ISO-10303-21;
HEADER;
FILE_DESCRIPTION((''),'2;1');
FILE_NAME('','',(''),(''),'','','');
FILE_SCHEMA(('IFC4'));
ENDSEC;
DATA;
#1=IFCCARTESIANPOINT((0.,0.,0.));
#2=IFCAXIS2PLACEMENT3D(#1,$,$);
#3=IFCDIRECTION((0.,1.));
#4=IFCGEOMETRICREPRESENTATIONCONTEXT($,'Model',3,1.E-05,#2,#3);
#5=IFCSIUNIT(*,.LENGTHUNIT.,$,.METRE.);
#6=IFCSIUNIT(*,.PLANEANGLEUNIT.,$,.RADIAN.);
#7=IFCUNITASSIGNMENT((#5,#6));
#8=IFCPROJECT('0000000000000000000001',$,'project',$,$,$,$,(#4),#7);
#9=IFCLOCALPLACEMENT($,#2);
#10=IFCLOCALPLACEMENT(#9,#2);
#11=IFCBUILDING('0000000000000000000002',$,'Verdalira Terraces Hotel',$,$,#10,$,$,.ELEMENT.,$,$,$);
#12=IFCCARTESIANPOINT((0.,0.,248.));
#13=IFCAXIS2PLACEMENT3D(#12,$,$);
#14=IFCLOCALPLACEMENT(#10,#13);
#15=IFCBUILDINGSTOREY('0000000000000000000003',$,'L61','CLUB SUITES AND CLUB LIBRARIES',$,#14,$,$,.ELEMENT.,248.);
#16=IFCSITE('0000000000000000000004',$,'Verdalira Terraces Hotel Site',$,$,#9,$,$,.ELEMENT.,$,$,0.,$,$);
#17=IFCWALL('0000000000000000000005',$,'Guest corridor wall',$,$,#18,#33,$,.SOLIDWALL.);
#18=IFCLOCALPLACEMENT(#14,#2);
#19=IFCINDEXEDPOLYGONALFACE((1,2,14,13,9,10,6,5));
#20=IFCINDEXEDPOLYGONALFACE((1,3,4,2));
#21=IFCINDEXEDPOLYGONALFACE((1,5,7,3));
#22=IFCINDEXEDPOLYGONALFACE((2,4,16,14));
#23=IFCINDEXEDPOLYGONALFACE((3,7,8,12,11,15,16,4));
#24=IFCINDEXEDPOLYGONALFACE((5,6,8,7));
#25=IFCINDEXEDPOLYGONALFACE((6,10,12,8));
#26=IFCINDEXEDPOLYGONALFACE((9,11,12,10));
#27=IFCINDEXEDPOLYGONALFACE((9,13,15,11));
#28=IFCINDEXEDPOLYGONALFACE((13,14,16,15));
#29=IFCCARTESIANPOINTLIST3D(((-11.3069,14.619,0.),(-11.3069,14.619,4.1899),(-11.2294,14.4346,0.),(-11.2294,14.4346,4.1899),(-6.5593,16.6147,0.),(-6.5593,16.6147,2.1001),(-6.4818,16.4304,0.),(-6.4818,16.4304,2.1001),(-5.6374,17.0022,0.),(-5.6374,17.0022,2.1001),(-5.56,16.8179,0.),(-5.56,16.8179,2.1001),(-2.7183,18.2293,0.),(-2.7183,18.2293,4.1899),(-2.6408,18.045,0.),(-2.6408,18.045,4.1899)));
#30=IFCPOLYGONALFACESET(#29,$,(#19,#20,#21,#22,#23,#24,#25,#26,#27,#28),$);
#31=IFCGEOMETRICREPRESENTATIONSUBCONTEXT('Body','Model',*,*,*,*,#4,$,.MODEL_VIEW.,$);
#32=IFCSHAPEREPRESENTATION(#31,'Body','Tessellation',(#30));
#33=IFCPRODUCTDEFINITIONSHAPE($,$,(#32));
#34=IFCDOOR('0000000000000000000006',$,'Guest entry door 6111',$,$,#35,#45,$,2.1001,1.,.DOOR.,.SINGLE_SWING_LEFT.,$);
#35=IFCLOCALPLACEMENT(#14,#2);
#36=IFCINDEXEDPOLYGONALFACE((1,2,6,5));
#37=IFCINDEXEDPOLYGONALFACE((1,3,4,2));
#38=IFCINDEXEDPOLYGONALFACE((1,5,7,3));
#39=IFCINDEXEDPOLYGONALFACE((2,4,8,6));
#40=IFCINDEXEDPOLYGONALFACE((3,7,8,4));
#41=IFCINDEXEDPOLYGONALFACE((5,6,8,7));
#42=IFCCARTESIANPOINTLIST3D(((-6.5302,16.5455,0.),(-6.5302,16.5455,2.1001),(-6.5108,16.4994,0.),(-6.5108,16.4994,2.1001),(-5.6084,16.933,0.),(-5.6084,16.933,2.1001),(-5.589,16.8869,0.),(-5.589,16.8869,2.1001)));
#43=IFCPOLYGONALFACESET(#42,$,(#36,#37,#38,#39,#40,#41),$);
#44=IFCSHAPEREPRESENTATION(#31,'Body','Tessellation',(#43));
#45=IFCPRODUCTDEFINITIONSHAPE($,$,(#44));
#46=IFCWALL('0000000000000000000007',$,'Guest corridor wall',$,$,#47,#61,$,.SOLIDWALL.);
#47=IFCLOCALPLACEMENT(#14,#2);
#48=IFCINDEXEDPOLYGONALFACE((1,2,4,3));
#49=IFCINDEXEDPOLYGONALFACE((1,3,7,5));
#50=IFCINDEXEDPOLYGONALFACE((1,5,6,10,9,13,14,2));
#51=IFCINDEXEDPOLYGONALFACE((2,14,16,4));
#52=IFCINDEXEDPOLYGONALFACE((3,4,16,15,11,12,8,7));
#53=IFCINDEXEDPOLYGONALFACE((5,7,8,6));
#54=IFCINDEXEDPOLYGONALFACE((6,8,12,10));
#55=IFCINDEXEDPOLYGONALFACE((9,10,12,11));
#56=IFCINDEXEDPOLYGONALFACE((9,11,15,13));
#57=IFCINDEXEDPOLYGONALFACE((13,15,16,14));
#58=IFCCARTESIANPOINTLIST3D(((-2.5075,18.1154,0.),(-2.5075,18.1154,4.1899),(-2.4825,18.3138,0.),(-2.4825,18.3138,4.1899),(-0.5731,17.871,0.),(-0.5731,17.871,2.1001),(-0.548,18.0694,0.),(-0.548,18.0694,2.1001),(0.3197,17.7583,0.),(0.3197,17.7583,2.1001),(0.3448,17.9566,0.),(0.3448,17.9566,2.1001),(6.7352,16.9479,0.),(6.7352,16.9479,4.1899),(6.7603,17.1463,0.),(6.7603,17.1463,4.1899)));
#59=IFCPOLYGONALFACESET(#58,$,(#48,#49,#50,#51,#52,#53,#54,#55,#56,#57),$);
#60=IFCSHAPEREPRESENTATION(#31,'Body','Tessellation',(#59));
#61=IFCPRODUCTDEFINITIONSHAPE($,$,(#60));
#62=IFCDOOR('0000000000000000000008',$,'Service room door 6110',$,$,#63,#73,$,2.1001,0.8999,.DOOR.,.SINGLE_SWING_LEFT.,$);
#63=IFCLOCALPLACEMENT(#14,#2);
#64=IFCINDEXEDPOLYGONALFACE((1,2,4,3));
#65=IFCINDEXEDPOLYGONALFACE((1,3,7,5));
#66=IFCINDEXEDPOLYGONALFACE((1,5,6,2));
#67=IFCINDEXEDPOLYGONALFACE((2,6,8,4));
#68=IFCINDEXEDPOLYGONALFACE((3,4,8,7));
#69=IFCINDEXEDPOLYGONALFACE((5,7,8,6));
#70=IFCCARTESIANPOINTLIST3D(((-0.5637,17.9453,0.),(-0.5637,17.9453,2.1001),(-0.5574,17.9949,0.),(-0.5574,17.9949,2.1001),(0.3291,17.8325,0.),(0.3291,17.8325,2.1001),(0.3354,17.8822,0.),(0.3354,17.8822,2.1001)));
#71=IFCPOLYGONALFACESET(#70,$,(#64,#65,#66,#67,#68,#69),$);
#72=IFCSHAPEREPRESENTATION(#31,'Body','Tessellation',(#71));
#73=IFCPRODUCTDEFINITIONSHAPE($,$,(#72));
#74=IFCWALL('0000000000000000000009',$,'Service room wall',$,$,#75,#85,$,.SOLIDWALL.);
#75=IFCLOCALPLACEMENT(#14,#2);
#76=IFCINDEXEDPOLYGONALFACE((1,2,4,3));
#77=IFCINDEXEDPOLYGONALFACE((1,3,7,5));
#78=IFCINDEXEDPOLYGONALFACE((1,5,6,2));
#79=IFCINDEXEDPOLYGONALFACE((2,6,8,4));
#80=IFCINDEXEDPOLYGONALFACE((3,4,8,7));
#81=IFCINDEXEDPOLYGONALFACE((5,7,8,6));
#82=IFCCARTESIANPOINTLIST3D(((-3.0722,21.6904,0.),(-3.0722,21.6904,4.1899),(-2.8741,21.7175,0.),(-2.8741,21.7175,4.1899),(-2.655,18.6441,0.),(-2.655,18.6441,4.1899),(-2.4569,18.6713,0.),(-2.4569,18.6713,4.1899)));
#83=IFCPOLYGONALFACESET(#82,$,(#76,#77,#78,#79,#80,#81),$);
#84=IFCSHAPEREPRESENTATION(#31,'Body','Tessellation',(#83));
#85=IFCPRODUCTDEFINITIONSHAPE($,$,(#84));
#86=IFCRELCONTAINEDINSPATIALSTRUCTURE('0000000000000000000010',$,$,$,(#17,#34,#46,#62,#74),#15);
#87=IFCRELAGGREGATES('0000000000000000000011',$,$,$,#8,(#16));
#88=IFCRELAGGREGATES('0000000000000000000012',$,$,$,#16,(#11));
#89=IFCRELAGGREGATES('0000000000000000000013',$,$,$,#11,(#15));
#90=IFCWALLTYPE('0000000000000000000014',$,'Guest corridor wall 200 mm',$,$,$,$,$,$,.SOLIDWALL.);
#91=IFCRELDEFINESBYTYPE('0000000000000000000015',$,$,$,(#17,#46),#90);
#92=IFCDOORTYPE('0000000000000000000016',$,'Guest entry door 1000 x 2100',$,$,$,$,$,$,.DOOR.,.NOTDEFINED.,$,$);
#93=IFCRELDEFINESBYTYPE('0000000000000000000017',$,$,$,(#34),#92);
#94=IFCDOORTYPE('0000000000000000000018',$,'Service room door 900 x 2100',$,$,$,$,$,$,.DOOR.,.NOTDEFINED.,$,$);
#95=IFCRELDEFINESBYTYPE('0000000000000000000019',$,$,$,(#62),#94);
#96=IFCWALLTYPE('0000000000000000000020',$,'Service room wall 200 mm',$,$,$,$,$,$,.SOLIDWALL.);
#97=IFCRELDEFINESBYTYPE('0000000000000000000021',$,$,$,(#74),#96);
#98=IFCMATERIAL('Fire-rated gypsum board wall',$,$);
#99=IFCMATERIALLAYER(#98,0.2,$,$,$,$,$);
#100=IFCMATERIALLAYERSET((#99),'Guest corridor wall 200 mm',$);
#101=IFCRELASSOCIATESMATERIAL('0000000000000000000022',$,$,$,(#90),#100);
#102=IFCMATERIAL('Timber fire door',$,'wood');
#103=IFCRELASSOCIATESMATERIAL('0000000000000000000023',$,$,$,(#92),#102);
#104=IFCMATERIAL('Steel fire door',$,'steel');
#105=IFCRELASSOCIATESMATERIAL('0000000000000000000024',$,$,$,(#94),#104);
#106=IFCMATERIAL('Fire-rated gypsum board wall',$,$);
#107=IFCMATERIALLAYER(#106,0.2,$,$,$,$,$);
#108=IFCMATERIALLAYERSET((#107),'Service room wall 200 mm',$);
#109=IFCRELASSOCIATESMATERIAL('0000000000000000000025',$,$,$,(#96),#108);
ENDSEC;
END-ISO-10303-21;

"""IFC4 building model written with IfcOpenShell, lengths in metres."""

from ifc_helpers import new_model, si_unit, direction, frame, frame_2d, origin, place, context, subcontext, project, spatial, rectangle, extrude, material, layer, layer_set, type_object, element, fill, save


model = new_model("IFC4")

# Units and contexts
model_context = context("Model", 3, precision=1e-05, world=origin(), true_north=direction((0.0, 1.0)))
body_context = subcontext(model_context, "Body", "Model", "MODEL_VIEW")
ifc_project = project(units=[si_unit("LENGTHUNIT", "METRE"), si_unit("PLANEANGLEUNIT", "RADIAN")], contexts=[model_context])

# Site, building, storey
site_placement = place(None, origin())
site = spatial("IfcSite", under=ifc_project, at=site_placement, Name="Verdalira Terraces Hotel Site", CompositionType="ELEMENT", RefElevation=0.0)
building_placement = place(site_placement, origin())
building = spatial("IfcBuilding", under=site, at=building_placement, Name="Verdalira Terraces Hotel", CompositionType="ELEMENT")
storey_placement = place(building_placement, frame((0.0, 0.0, 248.0)))
storey = spatial("IfcBuildingStorey", under=building, at=storey_placement, Name="L61", Description="CLUB SUITES AND CLUB LIBRARIES", CompositionType="ELEMENT", Elevation=248.0)

# Walls, openings, doors
ifc_material_1 = material(Name="Fire-rated gypsum board wall")
ifc_layer_1 = layer(ifc_material_1, 0.2)
ifc_layer_set_1 = layer_set([ifc_layer_1], Name="Guest corridor wall 200 mm")
wall_type_1 = type_object("IfcWallType", Name="Guest corridor wall 200 mm", PredefinedType="SOLIDWALL", material=ifc_layer_set_1)
wall_1_placement = place(storey_placement, frame((-11.2681, 14.5269, 0.0), z_axis=(0.0, 0.0, 1.0), x_axis=(0.921862, 0.387518, 0.0)))
wall_1 = element("IfcWall", 1, at=wall_1_placement, inside=storey, type_object=wall_type_1, Name="Guest corridor wall", PredefinedType="SOLIDWALL", context=body_context, shape_type="SweptSolid", body=[
    extrude(rectangle(XDim=9.3166, YDim=0.2, at=frame_2d((4.6582, 0.0))), origin(), (0.0, 0.0, 1.0), 4.1899),
])
opening_1_placement = place(wall_1_placement, frame((5.1499, 0.0, 0.0)))
opening_1 = element("IfcOpeningElement", 2, at=opening_1_placement, cuts=wall_1, PredefinedType="OPENING", context=body_context, shape_type="SweptSolid", body=[
    extrude(rectangle(XDim=1.0, YDim=2.1001, at=frame_2d((0.5, 1.05))), frame((0.0, 0.1099, 0.0), z_axis=(0.0, -1.0, 0.0), x_axis=(1.0, 0.0, 0.0)), (0.0, 0.0, 1.0), 0.22),
])
ifc_material_2 = material(Name="Timber fire door", Category="wood")
door_type_1 = type_object("IfcDoorType", Name="Guest entry door 1000 x 2100", OperationType="NOTDEFINED", PredefinedType="DOOR", material=ifc_material_2)
door_1_placement = place(opening_1_placement, origin())
door_1 = element("IfcDoor", 3, at=door_1_placement, inside=storey, type_object=door_type_1, Name="Guest entry door 6111", OperationType="SINGLE_SWING_LEFT", OverallHeight=2.1001, OverallWidth=1.0, PredefinedType="DOOR", context=body_context, shape_type="SweptSolid", body=[
    extrude(rectangle(XDim=1.0, YDim=2.1001, at=frame_2d((0.5, 1.05))), frame((0.0, 0.0249, 0.0), z_axis=(0.0, -1.0, 0.0), x_axis=(1.0, 0.0, 0.0)), (0.0, 0.0, 1.0), 0.05),
])
fill(opening_1, door_1)
wall_2_placement = place(storey_placement, frame((-2.4951, 18.2146, 0.0), z_axis=(0.0, 0.0, 1.0), x_axis=(0.992117, -0.125318, 0.0)))
wall_2 = element("IfcWall", 4, at=wall_2_placement, inside=storey, type_object=wall_type_1, Name="Guest corridor wall", PredefinedType="SOLIDWALL", context=body_context, shape_type="SweptSolid", body=[
    extrude(rectangle(XDim=9.3162, YDim=0.2, at=frame_2d((4.6582, 0.0))), origin(), (0.0, 0.0, 1.0), 4.1899),
])
opening_2_placement = place(wall_2_placement, frame((1.95, 0.0, 0.0)))
opening_2 = element("IfcOpeningElement", 5, at=opening_2_placement, cuts=wall_2, PredefinedType="OPENING", context=body_context, shape_type="SweptSolid", body=[
    extrude(rectangle(XDim=0.8999, YDim=2.1001, at=frame_2d((0.45, 1.05))), frame((0.0, 0.1099, 0.0), z_axis=(0.0, -1.0, 0.0), x_axis=(1.0, 0.0, 0.0)), (0.0, 0.0, 1.0), 0.22),
])
ifc_material_3 = material(Name="Steel fire door", Category="steel")
door_type_2 = type_object("IfcDoorType", Name="Service room door 900 x 2100", OperationType="NOTDEFINED", PredefinedType="DOOR", material=ifc_material_3)
door_2_placement = place(opening_2_placement, origin())
door_2 = element("IfcDoor", 6, at=door_2_placement, inside=storey, type_object=door_type_2, Name="Service room door 6110", OperationType="SINGLE_SWING_LEFT", OverallHeight=2.1001, OverallWidth=0.8999, PredefinedType="DOOR", context=body_context, shape_type="SweptSolid", body=[
    extrude(rectangle(XDim=0.8999, YDim=2.1001, at=frame_2d((0.45, 1.05))), frame((0.0, 0.0249, 0.0), z_axis=(0.0, -1.0, 0.0), x_axis=(1.0, 0.0, 0.0)), (0.0, 0.0, 1.0), 0.05),
])
fill(opening_2, door_2)

# Wall
ifc_material_4 = material(Name="Fire-rated gypsum board wall")
ifc_layer_2 = layer(ifc_material_4, 0.2)
ifc_layer_set_2 = layer_set([ifc_layer_2], Name="Service room wall 200 mm")
wall_type_2 = type_object("IfcWallType", Name="Service room wall 200 mm", PredefinedType="SOLIDWALL", material=ifc_layer_set_2)
wall_3_placement = place(storey_placement, frame((-2.5559, 18.6577, 0.0), z_axis=(0.0, 0.0, 1.0), x_axis=(-0.135694, 0.990751, 0.0)))
element("IfcWall", 7, at=wall_3_placement, inside=storey, type_object=wall_type_2, Name="Service room wall", PredefinedType="SOLIDWALL", context=body_context, shape_type="SweptSolid", body=[
    extrude(rectangle(XDim=3.0747, YDim=0.2, at=frame_2d((1.5374, 0.0))), origin(), (0.0, 0.0, 1.0), 4.1899),
])

save(model, "model.ifc")
